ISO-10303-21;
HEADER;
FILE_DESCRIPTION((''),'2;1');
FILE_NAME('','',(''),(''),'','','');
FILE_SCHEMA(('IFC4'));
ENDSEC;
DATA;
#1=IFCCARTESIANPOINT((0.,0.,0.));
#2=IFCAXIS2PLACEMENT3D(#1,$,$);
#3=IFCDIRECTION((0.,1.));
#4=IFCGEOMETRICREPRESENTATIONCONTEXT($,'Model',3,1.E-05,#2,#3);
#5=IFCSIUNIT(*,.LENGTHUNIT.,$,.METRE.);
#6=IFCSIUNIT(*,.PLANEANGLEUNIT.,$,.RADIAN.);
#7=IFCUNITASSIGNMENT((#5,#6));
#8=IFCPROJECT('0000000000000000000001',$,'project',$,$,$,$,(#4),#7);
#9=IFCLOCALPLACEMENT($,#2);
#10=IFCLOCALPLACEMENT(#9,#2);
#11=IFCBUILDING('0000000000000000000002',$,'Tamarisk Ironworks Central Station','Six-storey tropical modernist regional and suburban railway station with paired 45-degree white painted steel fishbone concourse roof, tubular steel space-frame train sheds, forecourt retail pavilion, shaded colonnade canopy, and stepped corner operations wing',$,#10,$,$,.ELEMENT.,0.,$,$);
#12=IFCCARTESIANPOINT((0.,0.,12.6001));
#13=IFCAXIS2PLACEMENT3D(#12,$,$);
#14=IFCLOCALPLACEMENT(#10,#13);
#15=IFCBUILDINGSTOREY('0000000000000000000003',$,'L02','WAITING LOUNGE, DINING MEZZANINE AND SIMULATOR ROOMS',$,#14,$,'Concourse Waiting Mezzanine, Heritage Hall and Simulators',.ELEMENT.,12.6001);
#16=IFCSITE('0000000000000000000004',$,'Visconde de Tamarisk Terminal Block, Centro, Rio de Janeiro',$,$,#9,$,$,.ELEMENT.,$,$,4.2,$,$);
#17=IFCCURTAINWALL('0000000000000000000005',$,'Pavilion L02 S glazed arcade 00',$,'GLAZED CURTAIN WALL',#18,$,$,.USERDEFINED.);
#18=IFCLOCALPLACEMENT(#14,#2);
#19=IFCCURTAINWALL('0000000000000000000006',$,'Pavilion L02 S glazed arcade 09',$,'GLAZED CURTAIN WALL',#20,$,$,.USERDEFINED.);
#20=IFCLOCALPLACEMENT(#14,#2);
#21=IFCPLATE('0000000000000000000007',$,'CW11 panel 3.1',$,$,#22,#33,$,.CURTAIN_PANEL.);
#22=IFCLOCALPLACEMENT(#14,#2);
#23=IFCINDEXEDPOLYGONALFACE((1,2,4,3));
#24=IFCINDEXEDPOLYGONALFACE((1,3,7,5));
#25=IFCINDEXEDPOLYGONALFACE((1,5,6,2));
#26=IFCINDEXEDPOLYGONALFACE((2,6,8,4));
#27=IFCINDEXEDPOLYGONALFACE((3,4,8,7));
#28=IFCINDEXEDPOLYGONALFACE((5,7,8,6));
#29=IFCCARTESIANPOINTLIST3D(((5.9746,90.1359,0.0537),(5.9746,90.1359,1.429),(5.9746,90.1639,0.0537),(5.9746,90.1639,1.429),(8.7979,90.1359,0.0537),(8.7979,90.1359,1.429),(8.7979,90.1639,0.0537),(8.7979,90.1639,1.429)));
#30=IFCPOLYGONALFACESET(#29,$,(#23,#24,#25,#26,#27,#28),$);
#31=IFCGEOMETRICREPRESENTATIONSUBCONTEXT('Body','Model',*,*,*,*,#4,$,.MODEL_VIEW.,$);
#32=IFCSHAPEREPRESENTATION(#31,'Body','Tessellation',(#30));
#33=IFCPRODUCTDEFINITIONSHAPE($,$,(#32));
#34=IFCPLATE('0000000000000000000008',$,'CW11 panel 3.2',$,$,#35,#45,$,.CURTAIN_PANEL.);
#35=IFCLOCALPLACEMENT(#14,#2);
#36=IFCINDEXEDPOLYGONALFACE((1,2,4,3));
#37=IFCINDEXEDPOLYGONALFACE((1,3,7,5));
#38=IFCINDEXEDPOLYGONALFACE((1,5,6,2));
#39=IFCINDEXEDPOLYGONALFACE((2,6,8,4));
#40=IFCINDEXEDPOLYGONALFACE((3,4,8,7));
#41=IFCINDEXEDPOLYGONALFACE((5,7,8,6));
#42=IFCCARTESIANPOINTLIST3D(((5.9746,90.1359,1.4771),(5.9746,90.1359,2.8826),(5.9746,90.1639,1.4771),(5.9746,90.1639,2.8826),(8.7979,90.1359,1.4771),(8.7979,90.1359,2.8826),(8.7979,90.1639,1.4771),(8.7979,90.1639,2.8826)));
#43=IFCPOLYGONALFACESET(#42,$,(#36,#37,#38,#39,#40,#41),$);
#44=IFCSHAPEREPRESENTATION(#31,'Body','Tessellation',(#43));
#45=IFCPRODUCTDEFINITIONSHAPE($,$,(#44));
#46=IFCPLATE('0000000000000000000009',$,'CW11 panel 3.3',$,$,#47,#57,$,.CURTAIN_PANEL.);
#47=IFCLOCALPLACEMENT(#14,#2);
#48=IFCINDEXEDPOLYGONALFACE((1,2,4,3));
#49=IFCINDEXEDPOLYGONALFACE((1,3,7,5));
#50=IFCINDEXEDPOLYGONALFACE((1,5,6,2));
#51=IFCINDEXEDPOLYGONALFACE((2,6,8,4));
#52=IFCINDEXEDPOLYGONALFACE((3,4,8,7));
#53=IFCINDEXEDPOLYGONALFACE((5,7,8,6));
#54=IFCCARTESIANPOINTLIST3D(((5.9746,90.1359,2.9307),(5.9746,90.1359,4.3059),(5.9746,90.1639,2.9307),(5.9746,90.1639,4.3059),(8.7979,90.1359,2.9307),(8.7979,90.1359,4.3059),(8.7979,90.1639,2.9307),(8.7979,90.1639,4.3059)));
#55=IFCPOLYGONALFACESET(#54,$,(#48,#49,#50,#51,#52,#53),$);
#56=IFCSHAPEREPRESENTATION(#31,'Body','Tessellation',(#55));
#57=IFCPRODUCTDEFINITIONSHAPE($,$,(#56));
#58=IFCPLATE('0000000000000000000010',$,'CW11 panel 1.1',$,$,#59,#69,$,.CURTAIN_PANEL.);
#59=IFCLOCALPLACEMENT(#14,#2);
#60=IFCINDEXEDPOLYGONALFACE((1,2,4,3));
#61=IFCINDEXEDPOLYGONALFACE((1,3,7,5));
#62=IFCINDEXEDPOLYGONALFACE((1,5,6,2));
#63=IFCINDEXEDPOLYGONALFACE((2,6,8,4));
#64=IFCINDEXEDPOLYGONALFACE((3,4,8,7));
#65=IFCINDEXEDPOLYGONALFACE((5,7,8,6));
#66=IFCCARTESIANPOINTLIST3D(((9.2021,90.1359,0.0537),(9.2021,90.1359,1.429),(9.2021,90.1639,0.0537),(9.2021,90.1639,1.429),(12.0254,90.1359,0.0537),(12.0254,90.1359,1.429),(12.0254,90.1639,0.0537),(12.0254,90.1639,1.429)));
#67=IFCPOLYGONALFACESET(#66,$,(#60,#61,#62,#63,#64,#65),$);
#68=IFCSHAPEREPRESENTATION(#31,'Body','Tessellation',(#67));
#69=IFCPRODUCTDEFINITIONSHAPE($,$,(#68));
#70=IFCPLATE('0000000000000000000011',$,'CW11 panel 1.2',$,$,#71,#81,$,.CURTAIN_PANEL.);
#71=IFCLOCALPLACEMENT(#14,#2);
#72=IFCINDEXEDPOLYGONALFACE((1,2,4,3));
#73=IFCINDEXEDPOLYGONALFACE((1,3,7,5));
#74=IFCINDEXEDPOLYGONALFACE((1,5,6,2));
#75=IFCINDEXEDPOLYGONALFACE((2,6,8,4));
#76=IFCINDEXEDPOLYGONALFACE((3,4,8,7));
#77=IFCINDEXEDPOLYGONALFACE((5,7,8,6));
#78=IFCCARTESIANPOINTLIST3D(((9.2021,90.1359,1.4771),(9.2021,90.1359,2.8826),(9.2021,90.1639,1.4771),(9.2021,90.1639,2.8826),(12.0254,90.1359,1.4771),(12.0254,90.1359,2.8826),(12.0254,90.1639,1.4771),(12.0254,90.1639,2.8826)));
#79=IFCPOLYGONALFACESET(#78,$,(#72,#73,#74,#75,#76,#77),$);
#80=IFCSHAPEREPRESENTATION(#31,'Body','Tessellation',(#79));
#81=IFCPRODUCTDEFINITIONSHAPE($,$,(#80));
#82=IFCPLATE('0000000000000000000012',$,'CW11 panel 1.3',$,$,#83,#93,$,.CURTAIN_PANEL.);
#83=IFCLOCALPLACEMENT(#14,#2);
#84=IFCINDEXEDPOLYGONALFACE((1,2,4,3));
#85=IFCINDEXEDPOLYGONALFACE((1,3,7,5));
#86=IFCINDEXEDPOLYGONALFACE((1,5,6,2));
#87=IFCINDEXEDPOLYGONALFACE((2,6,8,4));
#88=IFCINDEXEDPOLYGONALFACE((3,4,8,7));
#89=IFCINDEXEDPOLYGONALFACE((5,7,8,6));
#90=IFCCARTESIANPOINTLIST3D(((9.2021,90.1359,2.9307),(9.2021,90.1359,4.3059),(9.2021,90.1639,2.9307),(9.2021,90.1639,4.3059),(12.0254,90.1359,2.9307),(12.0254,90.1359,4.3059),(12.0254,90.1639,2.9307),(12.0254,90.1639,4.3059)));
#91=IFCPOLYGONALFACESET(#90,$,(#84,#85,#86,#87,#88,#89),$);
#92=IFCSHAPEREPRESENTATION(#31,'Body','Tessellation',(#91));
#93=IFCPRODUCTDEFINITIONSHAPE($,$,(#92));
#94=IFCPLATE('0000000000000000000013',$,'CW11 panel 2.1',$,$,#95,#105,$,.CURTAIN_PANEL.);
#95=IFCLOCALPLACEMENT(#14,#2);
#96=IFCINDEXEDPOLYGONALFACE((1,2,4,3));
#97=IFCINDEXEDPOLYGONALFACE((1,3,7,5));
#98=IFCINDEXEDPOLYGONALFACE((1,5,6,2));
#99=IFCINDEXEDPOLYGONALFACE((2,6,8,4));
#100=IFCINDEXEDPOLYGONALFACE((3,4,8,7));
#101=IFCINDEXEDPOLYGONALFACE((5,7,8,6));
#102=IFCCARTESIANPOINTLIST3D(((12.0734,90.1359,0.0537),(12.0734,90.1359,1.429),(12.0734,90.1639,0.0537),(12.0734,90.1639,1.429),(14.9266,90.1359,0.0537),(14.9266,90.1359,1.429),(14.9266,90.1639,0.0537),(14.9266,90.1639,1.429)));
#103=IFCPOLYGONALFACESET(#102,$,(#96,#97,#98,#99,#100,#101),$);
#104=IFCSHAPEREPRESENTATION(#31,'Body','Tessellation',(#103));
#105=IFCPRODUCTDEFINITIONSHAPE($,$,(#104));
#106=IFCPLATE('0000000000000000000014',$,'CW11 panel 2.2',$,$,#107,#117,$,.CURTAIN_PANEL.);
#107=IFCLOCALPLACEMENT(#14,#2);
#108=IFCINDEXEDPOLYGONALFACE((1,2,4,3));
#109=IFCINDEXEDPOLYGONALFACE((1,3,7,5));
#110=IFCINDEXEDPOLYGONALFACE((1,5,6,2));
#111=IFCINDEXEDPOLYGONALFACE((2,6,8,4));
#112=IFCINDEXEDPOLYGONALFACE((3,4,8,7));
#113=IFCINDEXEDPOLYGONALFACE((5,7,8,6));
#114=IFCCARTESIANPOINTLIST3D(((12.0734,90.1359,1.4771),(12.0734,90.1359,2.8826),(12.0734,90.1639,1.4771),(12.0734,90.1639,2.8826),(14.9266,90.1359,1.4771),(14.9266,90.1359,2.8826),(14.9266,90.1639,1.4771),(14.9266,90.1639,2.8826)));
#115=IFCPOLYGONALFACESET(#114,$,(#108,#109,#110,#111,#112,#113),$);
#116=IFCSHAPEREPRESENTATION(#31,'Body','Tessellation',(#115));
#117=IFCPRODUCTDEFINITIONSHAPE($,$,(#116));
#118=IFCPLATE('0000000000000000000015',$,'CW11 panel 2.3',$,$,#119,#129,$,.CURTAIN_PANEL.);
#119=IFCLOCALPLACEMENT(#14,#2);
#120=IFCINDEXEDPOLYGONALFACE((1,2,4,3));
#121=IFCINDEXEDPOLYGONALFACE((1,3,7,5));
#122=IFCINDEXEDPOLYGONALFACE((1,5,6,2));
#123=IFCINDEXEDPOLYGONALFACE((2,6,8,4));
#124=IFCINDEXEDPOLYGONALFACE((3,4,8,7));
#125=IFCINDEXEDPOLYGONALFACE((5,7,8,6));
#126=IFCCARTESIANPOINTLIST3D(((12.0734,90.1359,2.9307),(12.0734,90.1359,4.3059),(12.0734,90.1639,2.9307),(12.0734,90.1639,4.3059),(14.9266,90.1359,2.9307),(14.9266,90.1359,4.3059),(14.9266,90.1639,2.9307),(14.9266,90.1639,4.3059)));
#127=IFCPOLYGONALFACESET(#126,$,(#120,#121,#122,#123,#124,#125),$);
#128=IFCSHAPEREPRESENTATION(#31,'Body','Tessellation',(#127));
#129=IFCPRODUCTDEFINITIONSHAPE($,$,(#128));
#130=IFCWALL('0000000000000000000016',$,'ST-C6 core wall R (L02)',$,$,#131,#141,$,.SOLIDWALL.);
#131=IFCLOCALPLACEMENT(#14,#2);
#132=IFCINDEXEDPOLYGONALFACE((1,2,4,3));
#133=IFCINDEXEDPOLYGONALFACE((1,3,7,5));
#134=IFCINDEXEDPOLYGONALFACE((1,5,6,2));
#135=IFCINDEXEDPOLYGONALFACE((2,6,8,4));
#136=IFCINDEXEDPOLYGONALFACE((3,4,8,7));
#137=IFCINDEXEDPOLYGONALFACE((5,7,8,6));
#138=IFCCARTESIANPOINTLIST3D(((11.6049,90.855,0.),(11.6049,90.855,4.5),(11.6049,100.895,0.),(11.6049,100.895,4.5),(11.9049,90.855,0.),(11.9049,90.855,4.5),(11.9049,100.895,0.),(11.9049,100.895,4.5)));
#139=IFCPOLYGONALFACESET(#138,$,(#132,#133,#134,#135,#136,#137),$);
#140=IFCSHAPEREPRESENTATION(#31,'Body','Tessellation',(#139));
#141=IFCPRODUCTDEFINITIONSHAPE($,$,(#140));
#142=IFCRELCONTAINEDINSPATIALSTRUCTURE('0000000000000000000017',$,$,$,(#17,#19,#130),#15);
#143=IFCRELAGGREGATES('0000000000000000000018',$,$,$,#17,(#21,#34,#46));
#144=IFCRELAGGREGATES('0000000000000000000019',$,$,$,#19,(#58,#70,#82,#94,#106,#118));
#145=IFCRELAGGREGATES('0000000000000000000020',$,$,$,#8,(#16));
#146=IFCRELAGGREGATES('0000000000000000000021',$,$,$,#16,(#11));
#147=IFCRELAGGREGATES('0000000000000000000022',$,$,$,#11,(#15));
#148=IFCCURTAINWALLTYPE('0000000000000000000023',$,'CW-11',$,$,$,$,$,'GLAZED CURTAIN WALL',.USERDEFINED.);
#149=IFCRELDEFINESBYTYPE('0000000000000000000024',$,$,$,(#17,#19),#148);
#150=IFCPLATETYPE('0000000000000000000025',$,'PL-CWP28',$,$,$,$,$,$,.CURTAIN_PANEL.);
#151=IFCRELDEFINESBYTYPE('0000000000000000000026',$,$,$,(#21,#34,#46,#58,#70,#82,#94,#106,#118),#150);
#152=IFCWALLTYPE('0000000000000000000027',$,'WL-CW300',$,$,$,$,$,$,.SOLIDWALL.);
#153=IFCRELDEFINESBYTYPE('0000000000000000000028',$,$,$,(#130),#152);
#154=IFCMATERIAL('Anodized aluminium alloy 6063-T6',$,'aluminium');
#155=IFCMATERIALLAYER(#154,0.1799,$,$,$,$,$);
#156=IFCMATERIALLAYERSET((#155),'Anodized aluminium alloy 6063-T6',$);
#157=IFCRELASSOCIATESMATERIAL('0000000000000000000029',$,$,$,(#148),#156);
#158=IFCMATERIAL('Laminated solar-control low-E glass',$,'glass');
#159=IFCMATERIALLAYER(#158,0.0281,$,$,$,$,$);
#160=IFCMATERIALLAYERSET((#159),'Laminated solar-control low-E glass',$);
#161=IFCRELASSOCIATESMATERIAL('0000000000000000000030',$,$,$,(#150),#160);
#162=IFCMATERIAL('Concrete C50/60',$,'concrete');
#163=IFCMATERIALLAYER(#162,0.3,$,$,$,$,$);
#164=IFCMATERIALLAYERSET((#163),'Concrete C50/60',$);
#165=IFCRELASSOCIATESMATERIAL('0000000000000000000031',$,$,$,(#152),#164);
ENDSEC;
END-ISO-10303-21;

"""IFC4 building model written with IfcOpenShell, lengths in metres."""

from ifc_helpers import new_model, si_unit, direction, frame, frame_2d, origin, origin_2d, place, context, subcontext, project, spatial, rectangle, extrude, material, layer, layer_set, type_object, element, aggregate, save


model = new_model("IFC4")

# Units and contexts
model_context = context("Model", 3, precision=1e-05, world=origin(), true_north=direction((0.0, 1.0)))
body_context = subcontext(model_context, "Body", "Model", "MODEL_VIEW")
ifc_project = project(units=[si_unit("LENGTHUNIT", "METRE"), si_unit("PLANEANGLEUNIT", "RADIAN")], contexts=[model_context])

# Site, building, storey
site_placement = place(None, origin())
site = spatial("IfcSite", under=ifc_project, at=site_placement, Name="Visconde de Tamarisk Terminal Block, Centro, Rio de Janeiro", CompositionType="ELEMENT", RefElevation=4.2)
building_placement = place(site_placement, origin())
building = spatial("IfcBuilding", under=site, at=building_placement, Name="Tamarisk Ironworks Central Station", Description="Six-storey tropical modernist regional and suburban railway station with paired 45-degree white painted steel fishbone concourse roof, tubular steel space-frame train sheds, forecourt retail pavilion, shaded colonnade canopy, and stepped corner operations wing", CompositionType="ELEMENT", ElevationOfRefHeight=0.0)
storey_placement = place(building_placement, frame((0.0, 0.0, 12.6001)))
storey = spatial("IfcBuildingStorey", under=building, at=storey_placement, Name="L02", Description="WAITING LOUNGE, DINING MEZZANINE AND SIMULATOR ROOMS", LongName="Concourse Waiting Mezzanine, Heritage Hall and Simulators", CompositionType="ELEMENT", Elevation=12.6001)

# Curtain wall
ifc_material_1 = material(Name="Anodized aluminium alloy 6063-T6", Category="aluminium")
ifc_layer_1 = layer(ifc_material_1, 0.1799)
ifc_layer_set_1 = layer_set([ifc_layer_1], Name="Anodized aluminium alloy 6063-T6")
curtain_wall_type = type_object("IfcCurtainWallType", Name="CW-11", ElementType="GLAZED CURTAIN WALL", PredefinedType="USERDEFINED", material=ifc_layer_set_1)
curtain_wall_1_placement = place(storey_placement, origin())
curtain_wall_1 = element("IfcCurtainWall", 1, at=curtain_wall_1_placement, inside=storey, type_object=curtain_wall_type, Name="Pavilion L02 S glazed arcade 00", ObjectType="GLAZED CURTAIN WALL", PredefinedType="USERDEFINED")

# Curtain wall
curtain_wall_2_placement = place(storey_placement, origin())
curtain_wall_2 = element("IfcCurtainWall", 2, at=curtain_wall_2_placement, inside=storey, type_object=curtain_wall_type, Name="Pavilion L02 S glazed arcade 09", ObjectType="GLAZED CURTAIN WALL", PredefinedType="USERDEFINED")

# Plates
ifc_material_2 = material(Name="Laminated solar-control low-E glass", Category="glass")
ifc_layer_2 = layer(ifc_material_2, 0.0281)
ifc_layer_set_2 = layer_set([ifc_layer_2], Name="Laminated solar-control low-E glass")
plate_type = type_object("IfcPlateType", Name="PL-CWP28", PredefinedType="CURTAIN_PANEL", material=ifc_layer_set_2)
plate_1_placement = place(storey_placement, frame((7.3862, 90.1499, 0.0537), z_axis=(0.0, 0.0, 1.0), x_axis=(1.0, 0.0, 0.0)))
plate_1 = element("IfcPlate", 3, at=plate_1_placement, type_object=plate_type, Name="CW11 panel 3.1", PredefinedType="CURTAIN_PANEL", context=body_context, shape_type="SweptSolid", body=[
    extrude(rectangle(XDim=2.8232, YDim=0.0281, at=origin_2d()), origin(), (0.0, 0.0, 1.0), 1.3752),
])
plate_2_placement = place(storey_placement, frame((7.3862, 90.1499, 1.4771), z_axis=(0.0, 0.0, 1.0), x_axis=(1.0, 0.0, 0.0)))
plate_2 = element("IfcPlate", 4, at=plate_2_placement, type_object=plate_type, Name="CW11 panel 3.2", PredefinedType="CURTAIN_PANEL", context=body_context, shape_type="SweptSolid", body=[
    extrude(rectangle(XDim=2.8232, YDim=0.0281, at=origin_2d()), origin(), (0.0, 0.0, 1.0), 1.4055),
])
plate_3_placement = place(storey_placement, frame((7.3862, 90.1499, 2.9307), z_axis=(0.0, 0.0, 1.0), x_axis=(1.0, 0.0, 0.0)))
plate_3 = element("IfcPlate", 5, at=plate_3_placement, type_object=plate_type, Name="CW11 panel 3.3", PredefinedType="CURTAIN_PANEL", context=body_context, shape_type="SweptSolid", body=[
    extrude(rectangle(XDim=2.8232, YDim=0.0281, at=origin_2d()), origin(), (0.0, 0.0, 1.0), 1.3752),
])
aggregate(curtain_wall_1, [plate_1, plate_2, plate_3])
plate_4_placement = place(storey_placement, frame((10.6138, 90.1499, 0.0537), z_axis=(0.0, 0.0, 1.0), x_axis=(1.0, 0.0, 0.0)))
plate_4 = element("IfcPlate", 6, at=plate_4_placement, type_object=plate_type, Name="CW11 panel 1.1", PredefinedType="CURTAIN_PANEL", context=body_context, shape_type="SweptSolid", body=[
    extrude(rectangle(XDim=2.8232, YDim=0.0281, at=origin_2d()), origin(), (0.0, 0.0, 1.0), 1.3752),
])
plate_5_placement = place(storey_placement, frame((10.6138, 90.1499, 1.4771), z_axis=(0.0, 0.0, 1.0), x_axis=(1.0, 0.0, 0.0)))
plate_5 = element("IfcPlate", 7, at=plate_5_placement, type_object=plate_type, Name="CW11 panel 1.2", PredefinedType="CURTAIN_PANEL", context=body_context, shape_type="SweptSolid", body=[
    extrude(rectangle(XDim=2.8232, YDim=0.0281, at=origin_2d()), origin(), (0.0, 0.0, 1.0), 1.4055),
])
plate_6_placement = place(storey_placement, frame((10.6138, 90.1499, 2.9307), z_axis=(0.0, 0.0, 1.0), x_axis=(1.0, 0.0, 0.0)))
plate_6 = element("IfcPlate", 8, at=plate_6_placement, type_object=plate_type, Name="CW11 panel 1.3", PredefinedType="CURTAIN_PANEL", context=body_context, shape_type="SweptSolid", body=[
    extrude(rectangle(XDim=2.8232, YDim=0.0281, at=origin_2d()), origin(), (0.0, 0.0, 1.0), 1.3752),
])
plate_7_placement = place(storey_placement, frame((13.5, 90.1499, 0.0537), z_axis=(0.0, 0.0, 1.0), x_axis=(1.0, 0.0, 0.0)))
plate_7 = element("IfcPlate", 9, at=plate_7_placement, type_object=plate_type, Name="CW11 panel 2.1", PredefinedType="CURTAIN_PANEL", context=body_context, shape_type="SweptSolid", body=[
    extrude(rectangle(XDim=2.8533, YDim=0.0281, at=origin_2d()), origin(), (0.0, 0.0, 1.0), 1.3752),
])
plate_8_placement = place(storey_placement, frame((13.5, 90.1499, 1.4771), z_axis=(0.0, 0.0, 1.0), x_axis=(1.0, 0.0, 0.0)))
plate_8 = element("IfcPlate", 10, at=plate_8_placement, type_object=plate_type, Name="CW11 panel 2.2", PredefinedType="CURTAIN_PANEL", context=body_context, shape_type="SweptSolid", body=[
    extrude(rectangle(XDim=2.8533, YDim=0.0281, at=origin_2d()), origin(), (0.0, 0.0, 1.0), 1.4055),
])
plate_9_placement = place(storey_placement, frame((13.5, 90.1499, 2.9307), z_axis=(0.0, 0.0, 1.0), x_axis=(1.0, 0.0, 0.0)))
plate_9 = element("IfcPlate", 11, at=plate_9_placement, type_object=plate_type, Name="CW11 panel 2.3", PredefinedType="CURTAIN_PANEL", context=body_context, shape_type="SweptSolid", body=[
    extrude(rectangle(XDim=2.8533, YDim=0.0281, at=origin_2d()), origin(), (0.0, 0.0, 1.0), 1.3752),
])
aggregate(curtain_wall_2, [plate_4, plate_5, plate_6, plate_7, plate_8, plate_9])

# Wall
ifc_material_3 = material(Name="Concrete C50/60", Category="concrete")
ifc_layer_3 = layer(ifc_material_3, 0.3)
ifc_layer_set_3 = layer_set([ifc_layer_3], Name="Concrete C50/60")
wall_type = type_object("IfcWallType", Name="WL-CW300", PredefinedType="SOLIDWALL", material=ifc_layer_set_3)
wall_placement = place(storey_placement, frame((11.7549, 90.855, 0.0), z_axis=(0.0, 0.0, 1.0), x_axis=(0.0, 1.0, 0.0)))
element("IfcWall", 12, at=wall_placement, inside=storey, type_object=wall_type, Name="ST-C6 core wall R (L02)", PredefinedType="SOLIDWALL", context=body_context, shape_type="SweptSolid", body=[
    extrude(rectangle(XDim=10.04, YDim=0.3, at=frame_2d((5.02, 0.0))), origin(), (0.0, 0.0, 1.0), 4.5),
])

save(model, "model.ifc")
